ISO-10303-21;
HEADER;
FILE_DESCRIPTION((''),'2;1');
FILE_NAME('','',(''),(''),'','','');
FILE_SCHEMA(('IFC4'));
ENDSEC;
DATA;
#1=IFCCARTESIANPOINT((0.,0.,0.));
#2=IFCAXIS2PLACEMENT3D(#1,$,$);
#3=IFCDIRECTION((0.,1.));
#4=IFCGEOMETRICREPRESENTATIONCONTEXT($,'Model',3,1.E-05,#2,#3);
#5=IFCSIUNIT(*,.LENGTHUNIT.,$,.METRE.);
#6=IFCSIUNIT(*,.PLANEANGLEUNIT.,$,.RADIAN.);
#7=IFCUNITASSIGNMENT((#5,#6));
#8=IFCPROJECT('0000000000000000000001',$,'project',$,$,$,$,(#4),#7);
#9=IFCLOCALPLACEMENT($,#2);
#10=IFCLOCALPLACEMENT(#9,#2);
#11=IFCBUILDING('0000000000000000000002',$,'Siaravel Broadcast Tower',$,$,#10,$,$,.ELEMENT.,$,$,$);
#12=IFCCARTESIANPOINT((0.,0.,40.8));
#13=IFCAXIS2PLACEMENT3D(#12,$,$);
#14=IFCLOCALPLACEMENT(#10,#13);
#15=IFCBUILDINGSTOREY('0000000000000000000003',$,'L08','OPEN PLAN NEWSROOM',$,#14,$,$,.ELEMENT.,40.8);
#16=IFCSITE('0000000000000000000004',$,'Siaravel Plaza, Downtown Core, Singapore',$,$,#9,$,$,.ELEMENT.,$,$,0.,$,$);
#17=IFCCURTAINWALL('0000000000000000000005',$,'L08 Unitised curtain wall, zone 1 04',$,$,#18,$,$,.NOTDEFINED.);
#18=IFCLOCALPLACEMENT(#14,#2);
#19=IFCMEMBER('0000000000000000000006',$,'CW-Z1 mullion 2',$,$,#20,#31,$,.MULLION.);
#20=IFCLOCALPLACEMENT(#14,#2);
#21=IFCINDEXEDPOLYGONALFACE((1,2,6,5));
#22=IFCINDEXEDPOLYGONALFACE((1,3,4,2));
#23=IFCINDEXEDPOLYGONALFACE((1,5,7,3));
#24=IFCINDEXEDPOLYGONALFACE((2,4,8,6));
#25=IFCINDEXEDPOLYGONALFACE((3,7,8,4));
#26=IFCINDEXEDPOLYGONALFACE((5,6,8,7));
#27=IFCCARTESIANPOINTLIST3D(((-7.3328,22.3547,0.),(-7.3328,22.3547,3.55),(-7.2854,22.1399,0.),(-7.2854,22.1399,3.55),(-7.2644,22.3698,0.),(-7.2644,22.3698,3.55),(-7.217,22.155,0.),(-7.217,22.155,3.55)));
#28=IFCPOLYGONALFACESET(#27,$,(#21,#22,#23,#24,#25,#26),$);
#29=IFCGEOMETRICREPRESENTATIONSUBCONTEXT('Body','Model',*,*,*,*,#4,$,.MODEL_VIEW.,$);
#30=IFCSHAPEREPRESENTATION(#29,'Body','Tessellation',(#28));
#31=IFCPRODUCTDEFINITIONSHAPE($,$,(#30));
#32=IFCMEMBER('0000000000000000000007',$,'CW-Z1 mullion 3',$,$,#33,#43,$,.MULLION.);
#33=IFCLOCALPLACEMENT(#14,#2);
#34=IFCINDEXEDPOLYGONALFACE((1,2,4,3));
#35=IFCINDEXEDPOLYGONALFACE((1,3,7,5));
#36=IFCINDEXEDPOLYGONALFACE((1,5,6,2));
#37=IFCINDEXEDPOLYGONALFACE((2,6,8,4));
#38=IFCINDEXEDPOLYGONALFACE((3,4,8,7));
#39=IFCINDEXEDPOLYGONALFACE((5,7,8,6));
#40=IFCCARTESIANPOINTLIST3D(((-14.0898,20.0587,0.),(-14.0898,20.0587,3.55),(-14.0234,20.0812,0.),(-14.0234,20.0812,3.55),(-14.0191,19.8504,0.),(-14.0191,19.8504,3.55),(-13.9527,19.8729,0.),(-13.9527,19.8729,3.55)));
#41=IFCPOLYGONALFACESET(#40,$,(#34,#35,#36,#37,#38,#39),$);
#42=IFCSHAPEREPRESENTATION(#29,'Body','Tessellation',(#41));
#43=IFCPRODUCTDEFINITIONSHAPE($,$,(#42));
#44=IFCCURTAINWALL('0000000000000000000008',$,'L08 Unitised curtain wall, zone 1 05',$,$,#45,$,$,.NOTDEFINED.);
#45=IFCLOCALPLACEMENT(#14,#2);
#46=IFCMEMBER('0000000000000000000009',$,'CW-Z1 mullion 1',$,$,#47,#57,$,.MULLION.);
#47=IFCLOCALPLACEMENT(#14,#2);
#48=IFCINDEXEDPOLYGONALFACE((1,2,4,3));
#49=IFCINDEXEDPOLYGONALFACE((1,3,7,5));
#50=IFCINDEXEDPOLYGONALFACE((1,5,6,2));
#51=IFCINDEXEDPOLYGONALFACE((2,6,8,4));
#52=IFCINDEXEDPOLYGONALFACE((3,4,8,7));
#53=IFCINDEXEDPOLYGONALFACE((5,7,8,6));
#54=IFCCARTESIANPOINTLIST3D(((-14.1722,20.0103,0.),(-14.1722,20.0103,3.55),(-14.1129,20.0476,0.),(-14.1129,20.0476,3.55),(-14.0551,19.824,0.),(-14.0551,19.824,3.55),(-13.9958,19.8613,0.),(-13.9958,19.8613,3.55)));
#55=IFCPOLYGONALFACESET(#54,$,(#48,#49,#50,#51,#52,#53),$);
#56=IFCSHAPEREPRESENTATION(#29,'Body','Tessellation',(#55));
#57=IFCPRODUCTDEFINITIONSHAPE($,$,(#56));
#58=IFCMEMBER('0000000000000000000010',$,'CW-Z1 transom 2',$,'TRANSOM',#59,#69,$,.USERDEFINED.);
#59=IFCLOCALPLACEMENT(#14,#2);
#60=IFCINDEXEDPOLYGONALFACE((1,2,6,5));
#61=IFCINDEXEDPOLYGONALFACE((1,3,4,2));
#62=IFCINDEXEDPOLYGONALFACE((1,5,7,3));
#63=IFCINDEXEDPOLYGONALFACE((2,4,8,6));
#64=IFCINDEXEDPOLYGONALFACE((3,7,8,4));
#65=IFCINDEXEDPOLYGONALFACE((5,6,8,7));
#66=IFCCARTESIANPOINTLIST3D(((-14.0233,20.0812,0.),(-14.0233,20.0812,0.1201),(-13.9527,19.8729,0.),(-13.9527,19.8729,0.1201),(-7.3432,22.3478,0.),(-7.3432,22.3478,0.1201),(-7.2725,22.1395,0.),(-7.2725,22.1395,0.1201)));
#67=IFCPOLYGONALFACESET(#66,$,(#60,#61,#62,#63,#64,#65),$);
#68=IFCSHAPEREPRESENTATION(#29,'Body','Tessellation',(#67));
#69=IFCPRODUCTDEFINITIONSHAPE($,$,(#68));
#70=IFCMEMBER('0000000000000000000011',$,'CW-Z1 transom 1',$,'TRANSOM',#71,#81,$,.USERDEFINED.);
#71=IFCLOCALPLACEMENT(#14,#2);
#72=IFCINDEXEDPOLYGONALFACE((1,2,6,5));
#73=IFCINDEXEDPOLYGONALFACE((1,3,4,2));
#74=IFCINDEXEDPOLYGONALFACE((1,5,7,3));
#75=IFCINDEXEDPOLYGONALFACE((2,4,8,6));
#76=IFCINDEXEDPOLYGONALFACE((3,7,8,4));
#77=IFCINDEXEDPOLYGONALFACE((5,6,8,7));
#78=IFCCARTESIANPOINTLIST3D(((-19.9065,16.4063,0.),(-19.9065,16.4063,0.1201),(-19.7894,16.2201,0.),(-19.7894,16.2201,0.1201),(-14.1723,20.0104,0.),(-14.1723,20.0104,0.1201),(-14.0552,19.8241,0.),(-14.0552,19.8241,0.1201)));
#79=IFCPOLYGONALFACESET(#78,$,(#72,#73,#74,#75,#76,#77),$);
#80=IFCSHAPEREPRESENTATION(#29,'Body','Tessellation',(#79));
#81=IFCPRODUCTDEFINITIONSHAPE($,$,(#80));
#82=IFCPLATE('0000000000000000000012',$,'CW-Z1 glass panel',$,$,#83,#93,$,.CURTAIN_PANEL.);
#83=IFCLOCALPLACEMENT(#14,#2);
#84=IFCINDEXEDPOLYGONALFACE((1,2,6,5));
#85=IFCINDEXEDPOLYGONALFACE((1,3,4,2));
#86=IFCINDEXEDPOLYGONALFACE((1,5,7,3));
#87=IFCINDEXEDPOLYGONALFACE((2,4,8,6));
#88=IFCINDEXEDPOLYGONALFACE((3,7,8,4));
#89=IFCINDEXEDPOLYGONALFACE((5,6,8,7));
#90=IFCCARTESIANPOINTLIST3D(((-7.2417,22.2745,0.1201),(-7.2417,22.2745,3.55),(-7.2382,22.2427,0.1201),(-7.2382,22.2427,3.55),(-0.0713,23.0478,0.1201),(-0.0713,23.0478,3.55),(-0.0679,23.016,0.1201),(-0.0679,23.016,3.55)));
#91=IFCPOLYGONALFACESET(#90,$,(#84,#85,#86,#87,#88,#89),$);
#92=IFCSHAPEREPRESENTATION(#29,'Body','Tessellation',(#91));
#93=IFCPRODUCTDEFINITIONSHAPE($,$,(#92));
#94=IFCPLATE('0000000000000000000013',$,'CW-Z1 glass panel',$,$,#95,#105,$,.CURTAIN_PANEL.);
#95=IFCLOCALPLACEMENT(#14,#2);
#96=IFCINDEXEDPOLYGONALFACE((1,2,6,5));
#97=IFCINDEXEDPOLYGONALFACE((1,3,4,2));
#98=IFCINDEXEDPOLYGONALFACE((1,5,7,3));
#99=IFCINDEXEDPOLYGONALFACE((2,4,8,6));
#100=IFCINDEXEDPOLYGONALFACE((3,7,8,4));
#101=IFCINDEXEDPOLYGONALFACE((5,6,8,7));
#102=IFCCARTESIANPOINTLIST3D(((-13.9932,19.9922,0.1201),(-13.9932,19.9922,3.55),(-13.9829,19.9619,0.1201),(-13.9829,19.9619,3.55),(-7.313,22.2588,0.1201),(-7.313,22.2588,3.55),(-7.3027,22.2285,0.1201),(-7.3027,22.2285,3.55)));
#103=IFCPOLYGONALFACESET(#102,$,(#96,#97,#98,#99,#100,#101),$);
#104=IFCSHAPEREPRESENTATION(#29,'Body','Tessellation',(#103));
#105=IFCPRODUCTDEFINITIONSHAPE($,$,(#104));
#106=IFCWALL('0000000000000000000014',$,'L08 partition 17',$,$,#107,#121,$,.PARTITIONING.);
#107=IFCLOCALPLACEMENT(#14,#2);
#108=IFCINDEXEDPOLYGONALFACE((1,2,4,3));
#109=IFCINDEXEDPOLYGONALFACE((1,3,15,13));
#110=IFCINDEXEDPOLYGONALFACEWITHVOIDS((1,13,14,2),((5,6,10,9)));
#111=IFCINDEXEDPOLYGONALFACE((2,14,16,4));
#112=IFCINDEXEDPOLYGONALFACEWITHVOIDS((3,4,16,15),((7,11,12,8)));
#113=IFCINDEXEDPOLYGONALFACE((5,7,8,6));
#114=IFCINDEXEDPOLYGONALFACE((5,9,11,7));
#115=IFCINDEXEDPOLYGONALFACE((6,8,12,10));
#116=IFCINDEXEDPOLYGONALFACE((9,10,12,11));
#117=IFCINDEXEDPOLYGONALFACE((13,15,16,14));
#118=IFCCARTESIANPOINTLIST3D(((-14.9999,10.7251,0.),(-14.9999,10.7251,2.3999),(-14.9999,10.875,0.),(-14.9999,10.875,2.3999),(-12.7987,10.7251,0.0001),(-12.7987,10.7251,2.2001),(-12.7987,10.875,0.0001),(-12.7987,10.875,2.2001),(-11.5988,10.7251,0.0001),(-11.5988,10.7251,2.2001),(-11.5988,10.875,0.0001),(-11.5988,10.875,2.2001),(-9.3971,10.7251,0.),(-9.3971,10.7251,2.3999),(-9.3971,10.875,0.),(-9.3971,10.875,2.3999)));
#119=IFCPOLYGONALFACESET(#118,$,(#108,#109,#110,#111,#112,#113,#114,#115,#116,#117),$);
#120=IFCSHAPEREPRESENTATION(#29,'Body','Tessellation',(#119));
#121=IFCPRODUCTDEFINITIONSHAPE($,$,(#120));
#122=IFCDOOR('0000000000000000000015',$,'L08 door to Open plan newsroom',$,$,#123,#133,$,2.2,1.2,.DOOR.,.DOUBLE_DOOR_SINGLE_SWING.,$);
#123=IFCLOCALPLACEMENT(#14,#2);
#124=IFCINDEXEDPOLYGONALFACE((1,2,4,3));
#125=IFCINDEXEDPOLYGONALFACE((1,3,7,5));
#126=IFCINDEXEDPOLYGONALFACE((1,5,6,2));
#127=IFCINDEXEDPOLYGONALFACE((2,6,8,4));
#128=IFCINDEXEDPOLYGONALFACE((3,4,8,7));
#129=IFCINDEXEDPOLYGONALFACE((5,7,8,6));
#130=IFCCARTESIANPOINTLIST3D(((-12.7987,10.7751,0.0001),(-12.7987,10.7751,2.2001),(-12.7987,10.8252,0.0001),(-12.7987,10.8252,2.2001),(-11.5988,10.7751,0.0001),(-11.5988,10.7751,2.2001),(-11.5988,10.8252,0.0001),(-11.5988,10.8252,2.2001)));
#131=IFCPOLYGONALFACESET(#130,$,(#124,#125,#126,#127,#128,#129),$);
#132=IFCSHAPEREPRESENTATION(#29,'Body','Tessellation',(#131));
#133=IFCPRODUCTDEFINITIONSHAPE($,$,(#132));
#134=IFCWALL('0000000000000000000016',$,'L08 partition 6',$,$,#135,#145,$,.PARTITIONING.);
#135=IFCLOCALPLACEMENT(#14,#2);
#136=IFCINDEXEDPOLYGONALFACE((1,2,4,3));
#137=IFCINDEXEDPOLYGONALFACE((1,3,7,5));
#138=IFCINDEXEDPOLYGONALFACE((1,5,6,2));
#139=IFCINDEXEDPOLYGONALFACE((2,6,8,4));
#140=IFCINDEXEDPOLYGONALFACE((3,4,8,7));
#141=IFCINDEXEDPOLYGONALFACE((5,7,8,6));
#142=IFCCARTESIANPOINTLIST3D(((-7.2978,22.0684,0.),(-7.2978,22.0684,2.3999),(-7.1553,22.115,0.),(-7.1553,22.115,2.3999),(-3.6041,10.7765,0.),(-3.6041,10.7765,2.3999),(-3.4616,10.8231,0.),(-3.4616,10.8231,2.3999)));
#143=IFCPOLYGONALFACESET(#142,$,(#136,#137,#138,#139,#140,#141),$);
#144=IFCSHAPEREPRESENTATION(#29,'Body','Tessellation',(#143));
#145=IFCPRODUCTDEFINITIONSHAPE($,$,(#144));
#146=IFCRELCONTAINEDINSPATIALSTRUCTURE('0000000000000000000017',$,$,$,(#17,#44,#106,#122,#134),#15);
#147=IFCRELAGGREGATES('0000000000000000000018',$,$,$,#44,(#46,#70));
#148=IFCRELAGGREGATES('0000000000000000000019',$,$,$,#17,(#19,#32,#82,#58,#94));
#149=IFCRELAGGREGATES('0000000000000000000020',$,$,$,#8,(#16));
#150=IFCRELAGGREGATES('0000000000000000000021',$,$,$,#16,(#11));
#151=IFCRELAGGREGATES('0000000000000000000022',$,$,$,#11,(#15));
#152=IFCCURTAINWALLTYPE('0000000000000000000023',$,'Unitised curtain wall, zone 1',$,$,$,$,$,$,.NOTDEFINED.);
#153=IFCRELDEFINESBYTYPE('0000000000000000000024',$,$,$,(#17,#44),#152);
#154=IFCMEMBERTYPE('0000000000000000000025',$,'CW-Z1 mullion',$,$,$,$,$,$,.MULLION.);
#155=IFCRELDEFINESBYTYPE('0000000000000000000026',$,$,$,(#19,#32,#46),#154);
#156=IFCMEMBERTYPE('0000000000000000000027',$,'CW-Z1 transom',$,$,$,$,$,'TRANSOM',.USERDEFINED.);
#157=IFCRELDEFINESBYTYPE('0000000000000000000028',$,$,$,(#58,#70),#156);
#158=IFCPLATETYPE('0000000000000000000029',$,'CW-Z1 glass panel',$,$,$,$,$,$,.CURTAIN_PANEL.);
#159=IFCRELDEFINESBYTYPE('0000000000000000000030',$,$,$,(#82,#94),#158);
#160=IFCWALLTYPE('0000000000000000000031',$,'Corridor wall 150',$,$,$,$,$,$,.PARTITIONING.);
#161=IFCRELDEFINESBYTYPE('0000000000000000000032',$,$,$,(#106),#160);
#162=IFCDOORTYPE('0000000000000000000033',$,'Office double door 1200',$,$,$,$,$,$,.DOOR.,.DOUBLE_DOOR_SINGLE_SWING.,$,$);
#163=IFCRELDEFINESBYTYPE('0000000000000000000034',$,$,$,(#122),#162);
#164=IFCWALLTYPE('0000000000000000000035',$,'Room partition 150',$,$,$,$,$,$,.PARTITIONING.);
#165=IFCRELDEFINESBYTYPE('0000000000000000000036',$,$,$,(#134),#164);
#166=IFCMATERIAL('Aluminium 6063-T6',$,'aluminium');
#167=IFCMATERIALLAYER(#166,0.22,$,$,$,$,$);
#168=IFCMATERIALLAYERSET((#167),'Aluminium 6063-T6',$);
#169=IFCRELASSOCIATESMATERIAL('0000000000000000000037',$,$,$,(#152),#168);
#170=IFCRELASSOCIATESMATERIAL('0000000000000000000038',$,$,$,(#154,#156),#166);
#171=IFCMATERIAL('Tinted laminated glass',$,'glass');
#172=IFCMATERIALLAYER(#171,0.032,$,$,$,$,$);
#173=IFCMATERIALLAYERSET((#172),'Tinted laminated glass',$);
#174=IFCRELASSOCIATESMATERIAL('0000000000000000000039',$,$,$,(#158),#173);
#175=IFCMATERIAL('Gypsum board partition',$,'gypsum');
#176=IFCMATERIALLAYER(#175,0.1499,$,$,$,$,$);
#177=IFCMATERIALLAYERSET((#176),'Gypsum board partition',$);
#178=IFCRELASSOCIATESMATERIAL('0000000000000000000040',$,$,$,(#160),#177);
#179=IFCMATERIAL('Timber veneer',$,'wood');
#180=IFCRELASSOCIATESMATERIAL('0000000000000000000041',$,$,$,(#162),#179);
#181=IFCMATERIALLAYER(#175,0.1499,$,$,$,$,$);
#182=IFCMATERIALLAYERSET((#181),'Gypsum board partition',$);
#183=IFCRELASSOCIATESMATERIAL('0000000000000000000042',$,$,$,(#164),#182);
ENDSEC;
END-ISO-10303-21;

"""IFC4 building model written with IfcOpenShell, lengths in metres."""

from ifc_helpers import new_model, si_unit, direction, frame, frame_2d, origin, origin_2d, place, context, subcontext, project, spatial, rectangle, extrude, material, layer, layer_set, material_profile, profile_set, type_object, element, fill, aggregate, save


model = new_model("IFC4")

# Units and contexts
model_context = context("Model", 3, precision=1e-05, world=origin(), true_north=direction((0.0, 1.0)))
body_context = subcontext(model_context, "Body", "Model", "MODEL_VIEW")
ifc_project = project(units=[si_unit("LENGTHUNIT", "METRE"), si_unit("PLANEANGLEUNIT", "RADIAN")], contexts=[model_context])

# Site, building, storey
site_placement = place(None, origin())
site = spatial("IfcSite", under=ifc_project, at=site_placement, Name="Siaravel Plaza, Downtown Core, Singapore", CompositionType="ELEMENT", RefElevation=0.0)
building_placement = place(site_placement, origin())
building = spatial("IfcBuilding", under=site, at=building_placement, Name="Siaravel Broadcast Tower", CompositionType="ELEMENT")
storey_placement = place(building_placement, frame((0.0, 0.0, 40.8)))
storey = spatial("IfcBuildingStorey", under=building, at=storey_placement, Name="L08", Description="OPEN PLAN NEWSROOM", CompositionType="ELEMENT", Elevation=40.8)

# Curtain wall, members
ifc_material_1 = material(Name="Aluminium 6063-T6", Category="aluminium")
ifc_layer_1 = layer(ifc_material_1, 0.22)
ifc_layer_set_1 = layer_set([ifc_layer_1], Name="Aluminium 6063-T6")
curtain_wall_type = type_object("IfcCurtainWallType", Name="Unitised curtain wall, zone 1", PredefinedType="NOTDEFINED", material=ifc_layer_set_1)
curtain_wall_1_placement = place(storey_placement, origin())
curtain_wall_1 = element("IfcCurtainWall", 1, at=curtain_wall_1_placement, inside=storey, type_object=curtain_wall_type, Name="L08 Unitised curtain wall, zone 1 04", PredefinedType="NOTDEFINED")
ifc_material_profile_1 = material_profile(ifc_material_1, rectangle(XDim=0.22, YDim=0.0701, at=origin_2d()))
ifc_profile_set_1 = profile_set([ifc_material_profile_1], Name="Aluminium 6063-T6")
member_type_1 = type_object("IfcMemberType", Name="CW-Z1 mullion", PredefinedType="MULLION", material=ifc_profile_set_1)
member_1_placement = place(storey_placement, frame((-7.2749, 22.2549, 0.0), z_axis=(0.0, 0.0, 1.0), x_axis=(0.215558, -0.976491, 0.0)))
member_1 = element("IfcMember", 2, at=member_1_placement, type_object=member_type_1, Name="CW-Z1 mullion 2", PredefinedType="MULLION", context=body_context, shape_type="SweptSolid", body=[
    extrude(rectangle(XDim=0.22, YDim=0.0701, at=origin_2d()), origin(), (0.0, 0.0, 1.0), 3.55),
])
member_2_placement = place(storey_placement, frame((-14.0212, 19.9658, 0.0), z_axis=(0.0, 0.0, 1.0), x_axis=(0.321301, -0.946977, 0.0)))
member_2 = element("IfcMember", 3, at=member_2_placement, type_object=member_type_1, Name="CW-Z1 mullion 3", PredefinedType="MULLION", context=body_context, shape_type="SweptSolid", body=[
    extrude(rectangle(XDim=0.22, YDim=0.0701, at=origin_2d()), origin(), (0.0, 0.0, 1.0), 3.55),
])

# Curtain wall, member
curtain_wall_2_placement = place(storey_placement, origin())
curtain_wall_2 = element("IfcCurtainWall", 4, at=curtain_wall_2_placement, inside=storey, type_object=curtain_wall_type, Name="L08 Unitised curtain wall, zone 1 05", PredefinedType="NOTDEFINED")
member_3_placement = place(storey_placement, frame((-14.084, 19.9358, 0.0), z_axis=(0.0, 0.0, 1.0), x_axis=(0.532149, -0.846651, 0.0)))
member_3 = element("IfcMember", 5, at=member_3_placement, type_object=member_type_1, Name="CW-Z1 mullion 1", PredefinedType="MULLION", context=body_context, shape_type="SweptSolid", body=[
    extrude(rectangle(XDim=0.22, YDim=0.0701, at=origin_2d()), origin(), (0.0, 0.0, 1.0), 3.55),
])

# Members
ifc_material_profile_2 = material_profile(ifc_material_1, rectangle(XDim=0.22, YDim=0.1201, at=origin_2d()))
ifc_profile_set_2 = profile_set([ifc_material_profile_2], Name="Aluminium 6063-T6")
member_type_2 = type_object("IfcMemberType", Name="CW-Z1 transom", ElementType="TRANSOM", PredefinedType="USERDEFINED", material=ifc_profile_set_2)
member_4_placement = place(storey_placement, frame((-7.3079, 22.2437, 0.0601), z_axis=(-0.946974, -0.321311, 0.0), x_axis=(0.321311, -0.946974, 0.0)))
member_4 = element("IfcMember", 6, at=member_4_placement, type_object=member_type_2, Name="CW-Z1 transom 2", ObjectType="TRANSOM", PredefinedType="USERDEFINED", context=body_context, shape_type="SweptSolid", body=[
    extrude(rectangle(XDim=0.22, YDim=0.1201, at=origin_2d()), origin(), (0.0, 0.0, 1.0), 7.0542),
])
member_5_placement = place(storey_placement, frame((-14.1138, 19.9172, 0.0601), z_axis=(-0.846657, -0.532139, 0.0), x_axis=(0.532139, -0.846657, 0.0)))
member_5 = element("IfcMember", 7, at=member_5_placement, type_object=member_type_2, Name="CW-Z1 transom 1", ObjectType="TRANSOM", PredefinedType="USERDEFINED", context=body_context, shape_type="SweptSolid", body=[
    extrude(rectangle(XDim=0.22, YDim=0.1201, at=origin_2d()), origin(), (0.0, 0.0, 1.0), 6.7727),
])
aggregate(curtain_wall_2, [member_3, member_5])

# Plates
ifc_material_2 = material(Name="Tinted laminated glass", Category="glass")
ifc_layer_2 = layer(ifc_material_2, 0.032)
ifc_layer_set_2 = layer_set([ifc_layer_2], Name="Tinted laminated glass")
plate_type = type_object("IfcPlateType", Name="CW-Z1 glass panel", PredefinedType="CURTAIN_PANEL", material=ifc_layer_set_2)
plate_1_placement = place(storey_placement, frame((-3.6548, 22.6453, 0.1201), z_axis=(0.0, 0.0, 1.0), x_axis=(-0.994236, -0.107218, 0.0)))
plate_1 = element("IfcPlate", 8, at=plate_1_placement, type_object=plate_type, Name="CW-Z1 glass panel", PredefinedType="CURTAIN_PANEL", context=body_context, shape_type="SweptSolid", body=[
    extrude(rectangle(XDim=7.2119, YDim=0.032, at=origin_2d()), origin(), (0.0, 0.0, 1.0), 3.4299),
])
plate_2_placement = place(storey_placement, frame((-10.6479, 21.1104, 0.1201), z_axis=(0.0, 0.0, 1.0), x_axis=(-0.946977, -0.321301, 0.0)))
plate_2 = element("IfcPlate", 9, at=plate_2_placement, type_object=plate_type, Name="CW-Z1 glass panel", PredefinedType="CURTAIN_PANEL", context=body_context, shape_type="SweptSolid", body=[
    extrude(rectangle(XDim=7.0542, YDim=0.032, at=origin_2d()), origin(), (0.0, 0.0, 1.0), 3.4299),
])
aggregate(curtain_wall_1, [member_1, member_2, plate_1, member_4, plate_2])

# Wall, opening, door
ifc_material_3 = material(Name="Gypsum board partition", Category="gypsum")
ifc_layer_3 = layer(ifc_material_3, 0.1499)
ifc_layer_set_3 = layer_set([ifc_layer_3], Name="Gypsum board partition")
wall_type_1 = type_object("IfcWallType", Name="Corridor wall 150", PredefinedType="PARTITIONING", material=ifc_layer_set_3)
wall_1_placement = place(storey_placement, frame((-9.3972, 10.8, 0.0), z_axis=(0.0, 0.0, 1.0), x_axis=(-1.0, 0.0, 0.0)))
wall_1 = element("IfcWall", 10, at=wall_1_placement, inside=storey, type_object=wall_type_1, Name="L08 partition 17", PredefinedType="PARTITIONING", context=body_context, shape_type="SweptSolid", body=[
    extrude(rectangle(XDim=5.6028, YDim=0.1499, at=frame_2d((2.8013, 0.0))), origin(), (0.0, 0.0, 1.0), 2.3999),
])
opening_1_placement = place(wall_1_placement, frame((2.2014, 0.0, 0.0)))
opening_1 = element("IfcOpeningElement", 11, at=opening_1_placement, cuts=wall_1, PredefinedType="OPENING", context=body_context, shape_type="SweptSolid", body=[
    extrude(rectangle(XDim=1.2, YDim=2.2, at=frame_2d((0.6001, 1.1001))), frame((0.0, 0.085, 0.0), z_axis=(0.0, -1.0, 0.0), x_axis=(1.0, 0.0, 0.0)), (0.0, 0.0, 1.0), 0.1699),
])
ifc_material_4 = material(Name="Timber veneer", Category="wood")
door_type_1 = type_object("IfcDoorType", Name="Office double door 1200", OperationType="DOUBLE_DOOR_SINGLE_SWING", PredefinedType="DOOR", material=ifc_material_4)
door_1_placement = place(opening_1_placement, origin())
door_1 = element("IfcDoor", 12, at=door_1_placement, inside=storey, type_object=door_type_1, Name="L08 door to Open plan newsroom", OperationType="DOUBLE_DOOR_SINGLE_SWING", OverallHeight=2.2, OverallWidth=1.2, PredefinedType="DOOR", context=body_context, shape_type="SweptSolid", body=[
    extrude(rectangle(XDim=1.2, YDim=2.2, at=frame_2d((0.6001, 1.1001))), frame((0.0, 0.0249, 0.0), z_axis=(0.0, -1.0, 0.0), x_axis=(1.0, 0.0, 0.0)), (0.0, 0.0, 1.0), 0.05),
])
fill(opening_1, door_1)

# Wall
ifc_layer_4 = layer(ifc_material_3, 0.1499)
ifc_layer_set_4 = layer_set([ifc_layer_4], Name="Gypsum board partition")
wall_type_2 = type_object("IfcWallType", Name="Room partition 150", PredefinedType="PARTITIONING", material=ifc_layer_set_4)
wall_2_placement = place(storey_placement, frame((-7.2266, 22.0918, 0.0), z_axis=(0.0, 0.0, 1.0), x_axis=(0.310896, -0.950444, 0.0)))
element("IfcWall", 13, at=wall_2_placement, inside=storey, type_object=wall_type_2, Name="L08 partition 6", PredefinedType="PARTITIONING", context=body_context, shape_type="SweptSolid", body=[
    extrude(rectangle(XDim=11.8806, YDim=0.1499, at=frame_2d((5.9404, 0.0))), origin(), (0.0, 0.0, 1.0), 2.3999),
])

save(model, "model.ifc")
